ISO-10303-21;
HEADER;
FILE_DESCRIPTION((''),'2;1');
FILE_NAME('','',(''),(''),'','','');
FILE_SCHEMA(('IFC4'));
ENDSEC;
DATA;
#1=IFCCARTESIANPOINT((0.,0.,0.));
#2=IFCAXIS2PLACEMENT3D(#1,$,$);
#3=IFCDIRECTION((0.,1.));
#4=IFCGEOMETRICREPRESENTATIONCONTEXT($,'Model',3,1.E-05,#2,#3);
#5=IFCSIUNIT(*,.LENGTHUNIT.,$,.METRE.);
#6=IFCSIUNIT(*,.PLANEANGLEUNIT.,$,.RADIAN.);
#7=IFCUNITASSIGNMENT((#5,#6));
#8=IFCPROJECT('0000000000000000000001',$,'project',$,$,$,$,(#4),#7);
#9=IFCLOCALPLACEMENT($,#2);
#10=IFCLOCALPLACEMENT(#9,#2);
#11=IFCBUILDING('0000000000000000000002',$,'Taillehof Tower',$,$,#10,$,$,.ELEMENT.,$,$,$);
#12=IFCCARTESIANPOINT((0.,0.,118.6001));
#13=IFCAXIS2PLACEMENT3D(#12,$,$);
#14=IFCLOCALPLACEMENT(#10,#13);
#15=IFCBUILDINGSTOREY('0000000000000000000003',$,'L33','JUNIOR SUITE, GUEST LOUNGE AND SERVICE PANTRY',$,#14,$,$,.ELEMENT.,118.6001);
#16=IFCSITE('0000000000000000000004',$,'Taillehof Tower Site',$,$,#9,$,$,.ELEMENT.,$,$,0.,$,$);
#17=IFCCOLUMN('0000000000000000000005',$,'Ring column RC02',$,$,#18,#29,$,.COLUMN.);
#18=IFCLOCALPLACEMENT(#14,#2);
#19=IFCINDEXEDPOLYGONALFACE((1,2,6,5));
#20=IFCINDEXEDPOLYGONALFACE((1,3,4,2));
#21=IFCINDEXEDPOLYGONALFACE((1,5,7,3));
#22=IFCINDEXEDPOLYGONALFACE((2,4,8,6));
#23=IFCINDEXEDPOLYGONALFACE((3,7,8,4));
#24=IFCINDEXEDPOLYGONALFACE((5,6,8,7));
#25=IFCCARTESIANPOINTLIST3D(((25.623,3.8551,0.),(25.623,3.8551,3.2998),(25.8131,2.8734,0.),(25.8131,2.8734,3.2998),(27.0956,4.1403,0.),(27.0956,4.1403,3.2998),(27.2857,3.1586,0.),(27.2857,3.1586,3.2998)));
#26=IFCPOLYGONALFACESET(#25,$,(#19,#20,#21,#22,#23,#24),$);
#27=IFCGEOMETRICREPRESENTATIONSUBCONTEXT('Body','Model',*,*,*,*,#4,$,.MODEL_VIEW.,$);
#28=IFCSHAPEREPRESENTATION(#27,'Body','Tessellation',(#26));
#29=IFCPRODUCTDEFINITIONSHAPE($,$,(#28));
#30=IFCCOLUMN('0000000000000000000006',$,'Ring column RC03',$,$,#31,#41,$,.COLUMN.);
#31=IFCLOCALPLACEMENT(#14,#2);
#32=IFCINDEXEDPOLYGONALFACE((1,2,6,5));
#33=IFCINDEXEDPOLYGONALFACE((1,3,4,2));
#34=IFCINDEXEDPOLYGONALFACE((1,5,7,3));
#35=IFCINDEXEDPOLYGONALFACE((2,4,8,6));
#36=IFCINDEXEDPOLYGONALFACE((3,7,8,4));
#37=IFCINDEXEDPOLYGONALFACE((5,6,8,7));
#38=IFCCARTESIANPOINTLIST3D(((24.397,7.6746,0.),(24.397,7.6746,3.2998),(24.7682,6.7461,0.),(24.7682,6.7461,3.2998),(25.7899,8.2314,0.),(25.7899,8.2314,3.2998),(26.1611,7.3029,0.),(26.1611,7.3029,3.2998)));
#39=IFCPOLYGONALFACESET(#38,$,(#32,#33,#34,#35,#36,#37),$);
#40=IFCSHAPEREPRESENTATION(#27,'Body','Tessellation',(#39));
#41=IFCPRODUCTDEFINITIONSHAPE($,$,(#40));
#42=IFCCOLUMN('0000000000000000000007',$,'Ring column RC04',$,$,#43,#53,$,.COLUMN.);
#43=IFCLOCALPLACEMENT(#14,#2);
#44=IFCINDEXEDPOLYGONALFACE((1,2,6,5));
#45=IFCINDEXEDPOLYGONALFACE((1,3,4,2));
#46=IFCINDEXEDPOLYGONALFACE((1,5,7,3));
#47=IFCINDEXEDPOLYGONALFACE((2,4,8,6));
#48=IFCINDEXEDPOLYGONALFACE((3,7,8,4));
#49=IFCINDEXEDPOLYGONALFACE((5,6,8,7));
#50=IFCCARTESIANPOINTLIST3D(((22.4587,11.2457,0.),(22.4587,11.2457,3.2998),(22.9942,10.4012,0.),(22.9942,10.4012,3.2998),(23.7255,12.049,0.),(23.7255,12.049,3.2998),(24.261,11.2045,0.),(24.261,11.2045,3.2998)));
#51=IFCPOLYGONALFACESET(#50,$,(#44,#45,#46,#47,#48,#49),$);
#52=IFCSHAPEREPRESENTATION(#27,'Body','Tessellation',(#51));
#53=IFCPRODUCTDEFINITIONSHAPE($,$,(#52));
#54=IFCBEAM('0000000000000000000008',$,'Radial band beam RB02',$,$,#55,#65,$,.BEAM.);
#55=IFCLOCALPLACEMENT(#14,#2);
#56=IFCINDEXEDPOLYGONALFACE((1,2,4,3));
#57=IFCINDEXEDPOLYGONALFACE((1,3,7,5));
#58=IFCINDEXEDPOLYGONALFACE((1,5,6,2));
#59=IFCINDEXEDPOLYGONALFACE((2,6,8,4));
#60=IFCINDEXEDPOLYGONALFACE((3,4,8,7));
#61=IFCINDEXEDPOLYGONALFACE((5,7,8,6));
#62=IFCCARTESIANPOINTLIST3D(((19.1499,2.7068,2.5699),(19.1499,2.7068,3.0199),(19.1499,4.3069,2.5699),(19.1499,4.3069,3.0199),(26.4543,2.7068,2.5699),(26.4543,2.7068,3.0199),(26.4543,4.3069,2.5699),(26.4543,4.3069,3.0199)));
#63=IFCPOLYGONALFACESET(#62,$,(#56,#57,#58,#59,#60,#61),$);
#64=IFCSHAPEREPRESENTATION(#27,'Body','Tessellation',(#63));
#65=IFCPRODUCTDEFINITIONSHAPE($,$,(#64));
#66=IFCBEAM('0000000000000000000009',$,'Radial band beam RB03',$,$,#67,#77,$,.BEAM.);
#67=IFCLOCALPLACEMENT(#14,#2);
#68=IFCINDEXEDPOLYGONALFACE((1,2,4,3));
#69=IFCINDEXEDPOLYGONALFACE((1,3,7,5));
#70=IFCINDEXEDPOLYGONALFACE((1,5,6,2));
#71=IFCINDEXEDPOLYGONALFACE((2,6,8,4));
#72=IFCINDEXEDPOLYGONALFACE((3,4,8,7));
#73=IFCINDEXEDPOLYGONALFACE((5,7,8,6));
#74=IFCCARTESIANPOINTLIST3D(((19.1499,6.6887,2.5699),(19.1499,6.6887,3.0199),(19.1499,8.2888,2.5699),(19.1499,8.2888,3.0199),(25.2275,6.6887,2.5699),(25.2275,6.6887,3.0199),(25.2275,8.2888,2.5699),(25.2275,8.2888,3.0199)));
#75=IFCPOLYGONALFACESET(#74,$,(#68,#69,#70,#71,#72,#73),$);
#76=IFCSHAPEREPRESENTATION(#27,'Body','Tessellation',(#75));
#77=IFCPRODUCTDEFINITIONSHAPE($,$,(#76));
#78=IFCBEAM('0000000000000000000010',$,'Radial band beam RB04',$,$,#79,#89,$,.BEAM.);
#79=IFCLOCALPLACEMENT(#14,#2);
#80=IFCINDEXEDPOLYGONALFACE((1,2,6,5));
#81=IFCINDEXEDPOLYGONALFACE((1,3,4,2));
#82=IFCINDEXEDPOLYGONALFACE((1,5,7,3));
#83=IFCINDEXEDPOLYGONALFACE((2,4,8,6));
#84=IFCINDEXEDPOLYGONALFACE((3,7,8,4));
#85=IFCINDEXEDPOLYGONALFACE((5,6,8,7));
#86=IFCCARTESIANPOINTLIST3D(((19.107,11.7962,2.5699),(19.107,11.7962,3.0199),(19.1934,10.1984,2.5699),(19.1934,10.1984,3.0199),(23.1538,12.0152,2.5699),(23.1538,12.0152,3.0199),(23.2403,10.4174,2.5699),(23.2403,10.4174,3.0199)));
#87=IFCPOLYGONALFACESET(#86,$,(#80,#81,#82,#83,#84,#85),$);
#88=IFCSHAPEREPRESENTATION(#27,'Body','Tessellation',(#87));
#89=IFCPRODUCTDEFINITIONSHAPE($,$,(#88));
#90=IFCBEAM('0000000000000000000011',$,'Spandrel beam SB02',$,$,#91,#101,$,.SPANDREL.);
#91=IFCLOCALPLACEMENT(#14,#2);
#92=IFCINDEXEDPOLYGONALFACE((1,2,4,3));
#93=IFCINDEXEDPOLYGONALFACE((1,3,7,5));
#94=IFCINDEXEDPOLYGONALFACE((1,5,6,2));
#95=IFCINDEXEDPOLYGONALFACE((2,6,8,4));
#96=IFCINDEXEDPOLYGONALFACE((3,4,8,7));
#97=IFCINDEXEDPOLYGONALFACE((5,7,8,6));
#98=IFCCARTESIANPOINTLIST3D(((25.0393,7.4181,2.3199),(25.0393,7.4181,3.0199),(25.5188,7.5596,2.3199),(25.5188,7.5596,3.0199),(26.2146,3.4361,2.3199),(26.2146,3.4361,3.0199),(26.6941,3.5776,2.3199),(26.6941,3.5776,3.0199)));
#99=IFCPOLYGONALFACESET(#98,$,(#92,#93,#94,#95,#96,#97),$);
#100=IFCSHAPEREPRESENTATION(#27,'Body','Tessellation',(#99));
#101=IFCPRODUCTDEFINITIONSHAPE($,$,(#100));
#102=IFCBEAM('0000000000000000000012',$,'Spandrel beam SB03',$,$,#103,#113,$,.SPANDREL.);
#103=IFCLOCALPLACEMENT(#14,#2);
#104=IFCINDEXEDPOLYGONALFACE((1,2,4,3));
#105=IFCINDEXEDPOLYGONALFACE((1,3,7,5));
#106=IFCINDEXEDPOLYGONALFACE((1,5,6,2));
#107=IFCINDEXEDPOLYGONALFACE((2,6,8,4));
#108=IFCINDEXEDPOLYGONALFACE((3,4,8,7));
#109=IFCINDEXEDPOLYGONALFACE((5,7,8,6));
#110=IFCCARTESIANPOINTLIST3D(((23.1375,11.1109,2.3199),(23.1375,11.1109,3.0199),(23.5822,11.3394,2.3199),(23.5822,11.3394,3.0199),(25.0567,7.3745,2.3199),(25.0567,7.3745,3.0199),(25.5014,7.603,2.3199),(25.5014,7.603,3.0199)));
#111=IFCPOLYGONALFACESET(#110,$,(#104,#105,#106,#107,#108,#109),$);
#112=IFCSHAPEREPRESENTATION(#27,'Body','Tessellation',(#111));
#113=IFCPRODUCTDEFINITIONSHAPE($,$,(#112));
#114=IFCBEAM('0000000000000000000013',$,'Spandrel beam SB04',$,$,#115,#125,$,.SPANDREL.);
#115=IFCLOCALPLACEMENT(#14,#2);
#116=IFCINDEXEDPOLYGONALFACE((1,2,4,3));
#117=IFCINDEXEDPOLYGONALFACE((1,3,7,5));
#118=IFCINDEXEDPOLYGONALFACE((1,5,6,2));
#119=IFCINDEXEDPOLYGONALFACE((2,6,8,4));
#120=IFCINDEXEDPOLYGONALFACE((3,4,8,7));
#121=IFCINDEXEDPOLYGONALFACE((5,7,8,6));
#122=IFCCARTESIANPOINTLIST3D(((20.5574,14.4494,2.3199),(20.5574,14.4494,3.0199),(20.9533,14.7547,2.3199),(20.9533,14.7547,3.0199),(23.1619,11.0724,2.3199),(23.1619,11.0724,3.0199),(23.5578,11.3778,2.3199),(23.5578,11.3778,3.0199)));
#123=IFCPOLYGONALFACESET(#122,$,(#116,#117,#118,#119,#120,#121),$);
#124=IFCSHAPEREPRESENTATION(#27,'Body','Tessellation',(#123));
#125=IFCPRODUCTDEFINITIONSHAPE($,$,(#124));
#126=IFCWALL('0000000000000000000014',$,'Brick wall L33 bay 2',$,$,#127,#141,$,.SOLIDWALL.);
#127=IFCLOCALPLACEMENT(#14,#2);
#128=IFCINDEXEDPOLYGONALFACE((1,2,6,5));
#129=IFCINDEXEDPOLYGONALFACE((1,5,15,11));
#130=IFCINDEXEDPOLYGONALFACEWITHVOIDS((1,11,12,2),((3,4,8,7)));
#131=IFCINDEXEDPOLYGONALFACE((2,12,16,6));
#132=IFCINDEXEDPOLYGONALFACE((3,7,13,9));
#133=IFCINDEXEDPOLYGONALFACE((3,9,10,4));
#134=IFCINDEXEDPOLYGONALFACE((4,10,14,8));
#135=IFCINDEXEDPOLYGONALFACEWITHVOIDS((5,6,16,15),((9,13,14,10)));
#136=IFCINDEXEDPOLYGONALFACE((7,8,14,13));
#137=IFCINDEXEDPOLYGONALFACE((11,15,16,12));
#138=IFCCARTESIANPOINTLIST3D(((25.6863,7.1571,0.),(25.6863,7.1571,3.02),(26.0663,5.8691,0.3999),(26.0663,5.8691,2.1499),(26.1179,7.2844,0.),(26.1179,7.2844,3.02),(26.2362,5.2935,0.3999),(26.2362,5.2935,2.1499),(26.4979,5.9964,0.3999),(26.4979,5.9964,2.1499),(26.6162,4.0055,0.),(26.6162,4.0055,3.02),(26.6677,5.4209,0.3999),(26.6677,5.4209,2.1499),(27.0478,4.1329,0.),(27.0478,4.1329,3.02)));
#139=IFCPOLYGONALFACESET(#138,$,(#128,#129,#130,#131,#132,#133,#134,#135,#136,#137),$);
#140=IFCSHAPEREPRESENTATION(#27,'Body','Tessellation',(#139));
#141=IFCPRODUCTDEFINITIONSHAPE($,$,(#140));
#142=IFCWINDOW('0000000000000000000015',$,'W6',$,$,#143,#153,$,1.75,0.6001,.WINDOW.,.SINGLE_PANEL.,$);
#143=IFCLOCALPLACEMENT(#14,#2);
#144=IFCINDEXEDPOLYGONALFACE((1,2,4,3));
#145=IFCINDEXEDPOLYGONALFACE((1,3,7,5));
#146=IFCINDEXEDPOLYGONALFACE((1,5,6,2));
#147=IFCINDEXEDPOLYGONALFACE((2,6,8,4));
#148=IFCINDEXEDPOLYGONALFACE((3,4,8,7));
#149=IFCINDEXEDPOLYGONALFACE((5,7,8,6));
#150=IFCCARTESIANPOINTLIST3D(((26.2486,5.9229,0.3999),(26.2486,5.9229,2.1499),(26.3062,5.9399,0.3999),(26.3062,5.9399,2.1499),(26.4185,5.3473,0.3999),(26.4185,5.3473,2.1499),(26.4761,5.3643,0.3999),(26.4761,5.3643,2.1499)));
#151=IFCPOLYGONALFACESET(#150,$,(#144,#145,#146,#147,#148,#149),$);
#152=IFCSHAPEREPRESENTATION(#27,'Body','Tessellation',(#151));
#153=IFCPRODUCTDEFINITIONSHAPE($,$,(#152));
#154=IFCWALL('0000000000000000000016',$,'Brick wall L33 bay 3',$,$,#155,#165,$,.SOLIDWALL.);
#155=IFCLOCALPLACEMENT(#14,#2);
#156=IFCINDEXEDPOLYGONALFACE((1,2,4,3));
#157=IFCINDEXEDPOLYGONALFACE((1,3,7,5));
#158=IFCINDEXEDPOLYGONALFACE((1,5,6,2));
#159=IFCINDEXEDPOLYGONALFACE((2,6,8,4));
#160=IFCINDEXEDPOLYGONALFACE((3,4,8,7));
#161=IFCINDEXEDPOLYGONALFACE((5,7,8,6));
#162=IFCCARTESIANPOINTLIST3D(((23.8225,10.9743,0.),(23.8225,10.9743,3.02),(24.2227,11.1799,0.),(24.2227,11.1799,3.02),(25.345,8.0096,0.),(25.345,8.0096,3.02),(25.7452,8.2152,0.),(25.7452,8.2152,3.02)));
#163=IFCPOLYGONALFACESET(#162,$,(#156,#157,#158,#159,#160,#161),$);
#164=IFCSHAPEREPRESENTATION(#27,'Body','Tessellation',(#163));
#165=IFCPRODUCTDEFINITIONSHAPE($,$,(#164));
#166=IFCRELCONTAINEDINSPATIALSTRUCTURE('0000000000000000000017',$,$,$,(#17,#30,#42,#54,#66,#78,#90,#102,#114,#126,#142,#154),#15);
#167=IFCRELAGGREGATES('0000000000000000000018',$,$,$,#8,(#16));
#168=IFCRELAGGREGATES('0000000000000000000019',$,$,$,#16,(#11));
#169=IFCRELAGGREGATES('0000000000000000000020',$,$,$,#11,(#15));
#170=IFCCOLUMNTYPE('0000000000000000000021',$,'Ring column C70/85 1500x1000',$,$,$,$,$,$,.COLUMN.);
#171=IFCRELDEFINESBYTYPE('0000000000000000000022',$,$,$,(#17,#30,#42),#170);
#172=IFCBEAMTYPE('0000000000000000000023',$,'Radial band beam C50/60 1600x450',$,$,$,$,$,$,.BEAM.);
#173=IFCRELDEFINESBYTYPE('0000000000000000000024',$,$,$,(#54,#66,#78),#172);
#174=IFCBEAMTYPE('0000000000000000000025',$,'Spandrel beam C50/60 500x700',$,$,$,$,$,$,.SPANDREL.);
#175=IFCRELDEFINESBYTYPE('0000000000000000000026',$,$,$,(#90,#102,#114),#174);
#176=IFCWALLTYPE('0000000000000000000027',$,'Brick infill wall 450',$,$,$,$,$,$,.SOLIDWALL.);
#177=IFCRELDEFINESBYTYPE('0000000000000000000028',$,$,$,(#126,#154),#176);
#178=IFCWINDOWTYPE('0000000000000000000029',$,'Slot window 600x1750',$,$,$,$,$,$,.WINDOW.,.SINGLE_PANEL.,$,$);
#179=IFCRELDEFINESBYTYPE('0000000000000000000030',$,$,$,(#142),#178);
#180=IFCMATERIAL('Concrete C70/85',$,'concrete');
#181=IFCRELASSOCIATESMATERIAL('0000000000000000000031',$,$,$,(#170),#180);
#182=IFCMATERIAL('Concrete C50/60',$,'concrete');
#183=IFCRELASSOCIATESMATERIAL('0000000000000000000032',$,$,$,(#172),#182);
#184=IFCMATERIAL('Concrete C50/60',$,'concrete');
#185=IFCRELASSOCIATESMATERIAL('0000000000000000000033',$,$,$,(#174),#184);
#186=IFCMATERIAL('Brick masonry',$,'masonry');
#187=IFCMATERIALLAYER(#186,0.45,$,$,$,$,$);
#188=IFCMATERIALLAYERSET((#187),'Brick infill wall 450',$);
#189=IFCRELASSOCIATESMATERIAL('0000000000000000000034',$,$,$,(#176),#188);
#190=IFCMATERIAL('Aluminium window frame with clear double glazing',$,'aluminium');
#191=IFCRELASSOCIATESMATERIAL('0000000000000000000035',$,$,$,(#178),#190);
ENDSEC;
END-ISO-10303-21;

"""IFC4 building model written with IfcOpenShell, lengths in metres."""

from ifc_helpers import new_model, si_unit, direction, frame, frame_2d, origin, origin_2d, place, context, subcontext, project, spatial, rectangle, extrude, material, layer, layer_set, material_profile, profile_set, type_object, element, fill, save


model = new_model("IFC4")

# Units and contexts
model_context = context("Model", 3, precision=1e-05, world=origin(), true_north=direction((0.0, 1.0)))
body_context = subcontext(model_context, "Body", "Model", "MODEL_VIEW")
ifc_project = project(units=[si_unit("LENGTHUNIT", "METRE"), si_unit("PLANEANGLEUNIT", "RADIAN")], contexts=[model_context])

# Site, building, storey
site_placement = place(None, origin())
site = spatial("IfcSite", under=ifc_project, at=site_placement, Name="Taillehof Tower Site", CompositionType="ELEMENT", RefElevation=0.0)
building_placement = place(site_placement, origin())
building = spatial("IfcBuilding", under=site, at=building_placement, Name="Taillehof Tower", CompositionType="ELEMENT")
storey_placement = place(building_placement, frame((0.0, 0.0, 118.6001)))
storey = spatial("IfcBuildingStorey", under=building, at=storey_placement, Name="L33", Description="JUNIOR SUITE, GUEST LOUNGE AND SERVICE PANTRY", CompositionType="ELEMENT", Elevation=118.6001)

# Columns
ifc_material_1 = material(Name="Concrete C70/85", Category="concrete")
ifc_material_profile_1 = material_profile(ifc_material_1, rectangle(XDim=1.5, YDim=1.0, at=origin_2d()), Name="RC 1500x1000")
ifc_profile_set_1 = profile_set([ifc_material_profile_1], Name="Concrete C70/85")
column_type = type_object("IfcColumnType", Name="Ring column C70/85 1500x1000", PredefinedType="COLUMN", material=ifc_profile_set_1)
for number, where, z_axis, x_axis, name in (
    (1, (26.4543, 3.5068, 0.0), (0.0, 0.0, 1.0), (0.981757, 0.190138, 0.0), "Ring column RC02"),
    (2, (25.2791, 7.4888, 0.0), (0.0, 0.0, 1.0), (0.92855, 0.371207, 0.0), "Ring column RC03"),
    (3, (23.3599, 11.2251, 0.0), (0.0, 0.0, 1.0), (0.844511, 0.535537, 0.0), "Ring column RC04"),
):
    element("IfcColumn", number, at=place(storey_placement, frame(where, z_axis=z_axis, x_axis=x_axis)), inside=storey, type_object=column_type, Name=name, PredefinedType="COLUMN", context=body_context, shape_type="SweptSolid", body=[
        extrude(rectangle(XDim=1.5, YDim=1.0, at=origin_2d()), origin(), (0.0, 0.0, 1.0), 3.2998),
    ])

# Beams
ifc_material_2 = material(Name="Concrete C50/60", Category="concrete")
ifc_material_profile_2 = material_profile(ifc_material_2, rectangle(XDim=1.6001, YDim=0.45, at=origin_2d()), Name="RC 1600x450")
ifc_profile_set_2 = profile_set([ifc_material_profile_2], Name="Concrete C50/60")
beam_type_1 = type_object("IfcBeamType", Name="Radial band beam C50/60 1600x450", PredefinedType="BEAM", material=ifc_profile_set_2)
beam_1_placement = place(storey_placement, frame((26.4543, 3.5068, 2.7949), z_axis=(-1.0, 0.0, 0.0), x_axis=(0.0, -1.0, 0.0)))
element("IfcBeam", 4, at=beam_1_placement, inside=storey, type_object=beam_type_1, Name="Radial band beam RB02", PredefinedType="BEAM", context=body_context, shape_type="SweptSolid", body=[
    extrude(rectangle(XDim=1.6001, YDim=0.45, at=origin_2d()), origin(), (0.0, 0.0, 1.0), 7.3044),
])
beam_2_placement = place(storey_placement, frame((25.2275, 7.4888, 2.7949), z_axis=(-1.0, 0.0, 0.0), x_axis=(0.0, -1.0, 0.0)))
element("IfcBeam", 5, at=beam_2_placement, inside=storey, type_object=beam_type_1, Name="Radial band beam RB03", PredefinedType="BEAM", context=body_context, shape_type="SweptSolid", body=[
    extrude(rectangle(XDim=1.6001, YDim=0.45, at=origin_2d()), origin(), (0.0, 0.0, 1.0), 6.0776),
])
beam_3_placement = place(storey_placement, frame((23.197, 11.2163, 2.7949), z_axis=(-0.998539, -0.054035, 0.0), x_axis=(0.054035, -0.998539, 0.0)))
element("IfcBeam", 6, at=beam_3_placement, inside=storey, type_object=beam_type_1, Name="Radial band beam RB04", PredefinedType="BEAM", context=body_context, shape_type="SweptSolid", body=[
    extrude(rectangle(XDim=1.6001, YDim=0.45, at=origin_2d()), origin(), (0.0, 0.0, 1.0), 4.0527),
])
ifc_material_3 = material(Name="Concrete C50/60", Category="concrete")
ifc_material_profile_3 = material_profile(ifc_material_3, rectangle(XDim=0.5, YDim=0.7, at=origin_2d()), Name="RC 500x700")
ifc_profile_set_3 = profile_set([ifc_material_profile_3], Name="Concrete C50/60")
beam_type_2 = type_object("IfcBeamType", Name="Spandrel beam C50/60 500x700", PredefinedType="SPANDREL", material=ifc_profile_set_3)
beam_4_placement = place(storey_placement, frame((26.4543, 3.5068, 2.6699), z_axis=(-0.283083, 0.959095, 0.0), x_axis=(-0.959095, -0.283083, 0.0)))
element("IfcBeam", 7, at=beam_4_placement, inside=storey, type_object=beam_type_2, Name="Spandrel beam SB02", PredefinedType="SPANDREL", context=body_context, shape_type="SweptSolid", body=[
    extrude(rectangle(XDim=0.5, YDim=0.7, at=origin_2d()), origin(), (0.0, 0.0, 1.0), 4.1519),
])
beam_5_placement = place(storey_placement, frame((25.2791, 7.4888, 2.6699), z_axis=(-0.456905, 0.889515, 0.0), x_axis=(-0.889515, -0.456905, 0.0)))
element("IfcBeam", 8, at=beam_5_placement, inside=storey, type_object=beam_type_2, Name="Spandrel beam SB03", PredefinedType="SPANDREL", context=body_context, shape_type="SweptSolid", body=[
    extrude(rectangle(XDim=0.5, YDim=0.7, at=origin_2d()), origin(), (0.0, 0.0, 1.0), 4.2004),
])
beam_6_placement = place(storey_placement, frame((23.3599, 11.2251, 2.6699), z_axis=(-0.610717, 0.791849, 0.0), x_axis=(-0.791849, -0.610717, 0.0)))
element("IfcBeam", 9, at=beam_6_placement, inside=storey, type_object=beam_type_2, Name="Spandrel beam SB04", PredefinedType="SPANDREL", context=body_context, shape_type="SweptSolid", body=[
    extrude(rectangle(XDim=0.5, YDim=0.7, at=origin_2d()), origin(), (0.0, 0.0, 1.0), 4.2646),
])

# Wall, opening, window
ifc_material_4 = material(Name="Brick masonry", Category="masonry")
ifc_layer_1 = layer(ifc_material_4, 0.45)
ifc_layer_set_1 = layer_set([ifc_layer_1], Name="Brick infill wall 450")
wall_type_1 = type_object("IfcWallType", Name="Brick infill wall 450", PredefinedType="SOLIDWALL", material=ifc_layer_set_1)
wall_1_placement = place(storey_placement, frame((26.832, 4.0691, 0.0), z_axis=(0.0, 0.0, 1.0), x_axis=(-0.283003, 0.959119, 0.0)))
wall_1 = element("IfcWall", 10, at=wall_1_placement, inside=storey, type_object=wall_type_1, Name="Brick wall L33 bay 2", PredefinedType="SOLIDWALL", context=body_context, shape_type="SweptSolid", body=[
    extrude(rectangle(XDim=3.2859, YDim=0.45, at=frame_2d((1.6431, 0.0))), origin(), (0.0, 0.0, 1.0), 3.02),
])
opening_1_placement = place(wall_1_placement, frame((1.343, 0.0, 0.3999)))
opening_1 = element("IfcOpeningElement", 11, at=opening_1_placement, cuts=wall_1, PredefinedType="OPENING", context=body_context, shape_type="SweptSolid", body=[
    extrude(rectangle(XDim=0.6001, YDim=1.75, at=frame_2d((0.3, 0.875))), frame((0.0, 0.2349, 0.0), z_axis=(0.0, -1.0, 0.0), x_axis=(1.0, 0.0, 0.0)), (0.0, 0.0, 1.0), 0.47),
])
ifc_material_5 = material(Name="Aluminium window frame with clear double glazing", Category="aluminium")
window_type = type_object("IfcWindowType", Name="Slot window 600x1750", PartitioningType="SINGLE_PANEL", PredefinedType="WINDOW", material=ifc_material_5)
window_placement = place(opening_1_placement, origin())
window = element("IfcWindow", 12, at=window_placement, inside=storey, type_object=window_type, Name="W6", OverallHeight=1.75, OverallWidth=0.6001, PartitioningType="SINGLE_PANEL", PredefinedType="WINDOW", context=body_context, shape_type="SweptSolid", body=[
    extrude(rectangle(XDim=0.6001, YDim=1.75, at=frame_2d((0.3, 0.875))), frame((0.0, 0.0349, 0.0), z_axis=(0.0, -1.0, 0.0), x_axis=(1.0, 0.0, 0.0)), (0.0, 0.0, 1.0), 0.0601),
])
fill(opening_1, window)

# Wall
wall_2_placement = place(storey_placement, frame((25.5452, 8.1123, 0.0), z_axis=(0.0, 0.0, 1.0), x_axis=(-0.456828, 0.889555, 0.0)))
element("IfcWall", 13, at=wall_2_placement, inside=storey, type_object=wall_type_1, Name="Brick wall L33 bay 3", PredefinedType="SOLIDWALL", context=body_context, shape_type="SweptSolid", body=[
    extrude(rectangle(XDim=3.3328, YDim=0.45, at=frame_2d((1.6665, 0.0))), origin(), (0.0, 0.0, 1.0), 3.02),
])

save(model, "model.ifc")
